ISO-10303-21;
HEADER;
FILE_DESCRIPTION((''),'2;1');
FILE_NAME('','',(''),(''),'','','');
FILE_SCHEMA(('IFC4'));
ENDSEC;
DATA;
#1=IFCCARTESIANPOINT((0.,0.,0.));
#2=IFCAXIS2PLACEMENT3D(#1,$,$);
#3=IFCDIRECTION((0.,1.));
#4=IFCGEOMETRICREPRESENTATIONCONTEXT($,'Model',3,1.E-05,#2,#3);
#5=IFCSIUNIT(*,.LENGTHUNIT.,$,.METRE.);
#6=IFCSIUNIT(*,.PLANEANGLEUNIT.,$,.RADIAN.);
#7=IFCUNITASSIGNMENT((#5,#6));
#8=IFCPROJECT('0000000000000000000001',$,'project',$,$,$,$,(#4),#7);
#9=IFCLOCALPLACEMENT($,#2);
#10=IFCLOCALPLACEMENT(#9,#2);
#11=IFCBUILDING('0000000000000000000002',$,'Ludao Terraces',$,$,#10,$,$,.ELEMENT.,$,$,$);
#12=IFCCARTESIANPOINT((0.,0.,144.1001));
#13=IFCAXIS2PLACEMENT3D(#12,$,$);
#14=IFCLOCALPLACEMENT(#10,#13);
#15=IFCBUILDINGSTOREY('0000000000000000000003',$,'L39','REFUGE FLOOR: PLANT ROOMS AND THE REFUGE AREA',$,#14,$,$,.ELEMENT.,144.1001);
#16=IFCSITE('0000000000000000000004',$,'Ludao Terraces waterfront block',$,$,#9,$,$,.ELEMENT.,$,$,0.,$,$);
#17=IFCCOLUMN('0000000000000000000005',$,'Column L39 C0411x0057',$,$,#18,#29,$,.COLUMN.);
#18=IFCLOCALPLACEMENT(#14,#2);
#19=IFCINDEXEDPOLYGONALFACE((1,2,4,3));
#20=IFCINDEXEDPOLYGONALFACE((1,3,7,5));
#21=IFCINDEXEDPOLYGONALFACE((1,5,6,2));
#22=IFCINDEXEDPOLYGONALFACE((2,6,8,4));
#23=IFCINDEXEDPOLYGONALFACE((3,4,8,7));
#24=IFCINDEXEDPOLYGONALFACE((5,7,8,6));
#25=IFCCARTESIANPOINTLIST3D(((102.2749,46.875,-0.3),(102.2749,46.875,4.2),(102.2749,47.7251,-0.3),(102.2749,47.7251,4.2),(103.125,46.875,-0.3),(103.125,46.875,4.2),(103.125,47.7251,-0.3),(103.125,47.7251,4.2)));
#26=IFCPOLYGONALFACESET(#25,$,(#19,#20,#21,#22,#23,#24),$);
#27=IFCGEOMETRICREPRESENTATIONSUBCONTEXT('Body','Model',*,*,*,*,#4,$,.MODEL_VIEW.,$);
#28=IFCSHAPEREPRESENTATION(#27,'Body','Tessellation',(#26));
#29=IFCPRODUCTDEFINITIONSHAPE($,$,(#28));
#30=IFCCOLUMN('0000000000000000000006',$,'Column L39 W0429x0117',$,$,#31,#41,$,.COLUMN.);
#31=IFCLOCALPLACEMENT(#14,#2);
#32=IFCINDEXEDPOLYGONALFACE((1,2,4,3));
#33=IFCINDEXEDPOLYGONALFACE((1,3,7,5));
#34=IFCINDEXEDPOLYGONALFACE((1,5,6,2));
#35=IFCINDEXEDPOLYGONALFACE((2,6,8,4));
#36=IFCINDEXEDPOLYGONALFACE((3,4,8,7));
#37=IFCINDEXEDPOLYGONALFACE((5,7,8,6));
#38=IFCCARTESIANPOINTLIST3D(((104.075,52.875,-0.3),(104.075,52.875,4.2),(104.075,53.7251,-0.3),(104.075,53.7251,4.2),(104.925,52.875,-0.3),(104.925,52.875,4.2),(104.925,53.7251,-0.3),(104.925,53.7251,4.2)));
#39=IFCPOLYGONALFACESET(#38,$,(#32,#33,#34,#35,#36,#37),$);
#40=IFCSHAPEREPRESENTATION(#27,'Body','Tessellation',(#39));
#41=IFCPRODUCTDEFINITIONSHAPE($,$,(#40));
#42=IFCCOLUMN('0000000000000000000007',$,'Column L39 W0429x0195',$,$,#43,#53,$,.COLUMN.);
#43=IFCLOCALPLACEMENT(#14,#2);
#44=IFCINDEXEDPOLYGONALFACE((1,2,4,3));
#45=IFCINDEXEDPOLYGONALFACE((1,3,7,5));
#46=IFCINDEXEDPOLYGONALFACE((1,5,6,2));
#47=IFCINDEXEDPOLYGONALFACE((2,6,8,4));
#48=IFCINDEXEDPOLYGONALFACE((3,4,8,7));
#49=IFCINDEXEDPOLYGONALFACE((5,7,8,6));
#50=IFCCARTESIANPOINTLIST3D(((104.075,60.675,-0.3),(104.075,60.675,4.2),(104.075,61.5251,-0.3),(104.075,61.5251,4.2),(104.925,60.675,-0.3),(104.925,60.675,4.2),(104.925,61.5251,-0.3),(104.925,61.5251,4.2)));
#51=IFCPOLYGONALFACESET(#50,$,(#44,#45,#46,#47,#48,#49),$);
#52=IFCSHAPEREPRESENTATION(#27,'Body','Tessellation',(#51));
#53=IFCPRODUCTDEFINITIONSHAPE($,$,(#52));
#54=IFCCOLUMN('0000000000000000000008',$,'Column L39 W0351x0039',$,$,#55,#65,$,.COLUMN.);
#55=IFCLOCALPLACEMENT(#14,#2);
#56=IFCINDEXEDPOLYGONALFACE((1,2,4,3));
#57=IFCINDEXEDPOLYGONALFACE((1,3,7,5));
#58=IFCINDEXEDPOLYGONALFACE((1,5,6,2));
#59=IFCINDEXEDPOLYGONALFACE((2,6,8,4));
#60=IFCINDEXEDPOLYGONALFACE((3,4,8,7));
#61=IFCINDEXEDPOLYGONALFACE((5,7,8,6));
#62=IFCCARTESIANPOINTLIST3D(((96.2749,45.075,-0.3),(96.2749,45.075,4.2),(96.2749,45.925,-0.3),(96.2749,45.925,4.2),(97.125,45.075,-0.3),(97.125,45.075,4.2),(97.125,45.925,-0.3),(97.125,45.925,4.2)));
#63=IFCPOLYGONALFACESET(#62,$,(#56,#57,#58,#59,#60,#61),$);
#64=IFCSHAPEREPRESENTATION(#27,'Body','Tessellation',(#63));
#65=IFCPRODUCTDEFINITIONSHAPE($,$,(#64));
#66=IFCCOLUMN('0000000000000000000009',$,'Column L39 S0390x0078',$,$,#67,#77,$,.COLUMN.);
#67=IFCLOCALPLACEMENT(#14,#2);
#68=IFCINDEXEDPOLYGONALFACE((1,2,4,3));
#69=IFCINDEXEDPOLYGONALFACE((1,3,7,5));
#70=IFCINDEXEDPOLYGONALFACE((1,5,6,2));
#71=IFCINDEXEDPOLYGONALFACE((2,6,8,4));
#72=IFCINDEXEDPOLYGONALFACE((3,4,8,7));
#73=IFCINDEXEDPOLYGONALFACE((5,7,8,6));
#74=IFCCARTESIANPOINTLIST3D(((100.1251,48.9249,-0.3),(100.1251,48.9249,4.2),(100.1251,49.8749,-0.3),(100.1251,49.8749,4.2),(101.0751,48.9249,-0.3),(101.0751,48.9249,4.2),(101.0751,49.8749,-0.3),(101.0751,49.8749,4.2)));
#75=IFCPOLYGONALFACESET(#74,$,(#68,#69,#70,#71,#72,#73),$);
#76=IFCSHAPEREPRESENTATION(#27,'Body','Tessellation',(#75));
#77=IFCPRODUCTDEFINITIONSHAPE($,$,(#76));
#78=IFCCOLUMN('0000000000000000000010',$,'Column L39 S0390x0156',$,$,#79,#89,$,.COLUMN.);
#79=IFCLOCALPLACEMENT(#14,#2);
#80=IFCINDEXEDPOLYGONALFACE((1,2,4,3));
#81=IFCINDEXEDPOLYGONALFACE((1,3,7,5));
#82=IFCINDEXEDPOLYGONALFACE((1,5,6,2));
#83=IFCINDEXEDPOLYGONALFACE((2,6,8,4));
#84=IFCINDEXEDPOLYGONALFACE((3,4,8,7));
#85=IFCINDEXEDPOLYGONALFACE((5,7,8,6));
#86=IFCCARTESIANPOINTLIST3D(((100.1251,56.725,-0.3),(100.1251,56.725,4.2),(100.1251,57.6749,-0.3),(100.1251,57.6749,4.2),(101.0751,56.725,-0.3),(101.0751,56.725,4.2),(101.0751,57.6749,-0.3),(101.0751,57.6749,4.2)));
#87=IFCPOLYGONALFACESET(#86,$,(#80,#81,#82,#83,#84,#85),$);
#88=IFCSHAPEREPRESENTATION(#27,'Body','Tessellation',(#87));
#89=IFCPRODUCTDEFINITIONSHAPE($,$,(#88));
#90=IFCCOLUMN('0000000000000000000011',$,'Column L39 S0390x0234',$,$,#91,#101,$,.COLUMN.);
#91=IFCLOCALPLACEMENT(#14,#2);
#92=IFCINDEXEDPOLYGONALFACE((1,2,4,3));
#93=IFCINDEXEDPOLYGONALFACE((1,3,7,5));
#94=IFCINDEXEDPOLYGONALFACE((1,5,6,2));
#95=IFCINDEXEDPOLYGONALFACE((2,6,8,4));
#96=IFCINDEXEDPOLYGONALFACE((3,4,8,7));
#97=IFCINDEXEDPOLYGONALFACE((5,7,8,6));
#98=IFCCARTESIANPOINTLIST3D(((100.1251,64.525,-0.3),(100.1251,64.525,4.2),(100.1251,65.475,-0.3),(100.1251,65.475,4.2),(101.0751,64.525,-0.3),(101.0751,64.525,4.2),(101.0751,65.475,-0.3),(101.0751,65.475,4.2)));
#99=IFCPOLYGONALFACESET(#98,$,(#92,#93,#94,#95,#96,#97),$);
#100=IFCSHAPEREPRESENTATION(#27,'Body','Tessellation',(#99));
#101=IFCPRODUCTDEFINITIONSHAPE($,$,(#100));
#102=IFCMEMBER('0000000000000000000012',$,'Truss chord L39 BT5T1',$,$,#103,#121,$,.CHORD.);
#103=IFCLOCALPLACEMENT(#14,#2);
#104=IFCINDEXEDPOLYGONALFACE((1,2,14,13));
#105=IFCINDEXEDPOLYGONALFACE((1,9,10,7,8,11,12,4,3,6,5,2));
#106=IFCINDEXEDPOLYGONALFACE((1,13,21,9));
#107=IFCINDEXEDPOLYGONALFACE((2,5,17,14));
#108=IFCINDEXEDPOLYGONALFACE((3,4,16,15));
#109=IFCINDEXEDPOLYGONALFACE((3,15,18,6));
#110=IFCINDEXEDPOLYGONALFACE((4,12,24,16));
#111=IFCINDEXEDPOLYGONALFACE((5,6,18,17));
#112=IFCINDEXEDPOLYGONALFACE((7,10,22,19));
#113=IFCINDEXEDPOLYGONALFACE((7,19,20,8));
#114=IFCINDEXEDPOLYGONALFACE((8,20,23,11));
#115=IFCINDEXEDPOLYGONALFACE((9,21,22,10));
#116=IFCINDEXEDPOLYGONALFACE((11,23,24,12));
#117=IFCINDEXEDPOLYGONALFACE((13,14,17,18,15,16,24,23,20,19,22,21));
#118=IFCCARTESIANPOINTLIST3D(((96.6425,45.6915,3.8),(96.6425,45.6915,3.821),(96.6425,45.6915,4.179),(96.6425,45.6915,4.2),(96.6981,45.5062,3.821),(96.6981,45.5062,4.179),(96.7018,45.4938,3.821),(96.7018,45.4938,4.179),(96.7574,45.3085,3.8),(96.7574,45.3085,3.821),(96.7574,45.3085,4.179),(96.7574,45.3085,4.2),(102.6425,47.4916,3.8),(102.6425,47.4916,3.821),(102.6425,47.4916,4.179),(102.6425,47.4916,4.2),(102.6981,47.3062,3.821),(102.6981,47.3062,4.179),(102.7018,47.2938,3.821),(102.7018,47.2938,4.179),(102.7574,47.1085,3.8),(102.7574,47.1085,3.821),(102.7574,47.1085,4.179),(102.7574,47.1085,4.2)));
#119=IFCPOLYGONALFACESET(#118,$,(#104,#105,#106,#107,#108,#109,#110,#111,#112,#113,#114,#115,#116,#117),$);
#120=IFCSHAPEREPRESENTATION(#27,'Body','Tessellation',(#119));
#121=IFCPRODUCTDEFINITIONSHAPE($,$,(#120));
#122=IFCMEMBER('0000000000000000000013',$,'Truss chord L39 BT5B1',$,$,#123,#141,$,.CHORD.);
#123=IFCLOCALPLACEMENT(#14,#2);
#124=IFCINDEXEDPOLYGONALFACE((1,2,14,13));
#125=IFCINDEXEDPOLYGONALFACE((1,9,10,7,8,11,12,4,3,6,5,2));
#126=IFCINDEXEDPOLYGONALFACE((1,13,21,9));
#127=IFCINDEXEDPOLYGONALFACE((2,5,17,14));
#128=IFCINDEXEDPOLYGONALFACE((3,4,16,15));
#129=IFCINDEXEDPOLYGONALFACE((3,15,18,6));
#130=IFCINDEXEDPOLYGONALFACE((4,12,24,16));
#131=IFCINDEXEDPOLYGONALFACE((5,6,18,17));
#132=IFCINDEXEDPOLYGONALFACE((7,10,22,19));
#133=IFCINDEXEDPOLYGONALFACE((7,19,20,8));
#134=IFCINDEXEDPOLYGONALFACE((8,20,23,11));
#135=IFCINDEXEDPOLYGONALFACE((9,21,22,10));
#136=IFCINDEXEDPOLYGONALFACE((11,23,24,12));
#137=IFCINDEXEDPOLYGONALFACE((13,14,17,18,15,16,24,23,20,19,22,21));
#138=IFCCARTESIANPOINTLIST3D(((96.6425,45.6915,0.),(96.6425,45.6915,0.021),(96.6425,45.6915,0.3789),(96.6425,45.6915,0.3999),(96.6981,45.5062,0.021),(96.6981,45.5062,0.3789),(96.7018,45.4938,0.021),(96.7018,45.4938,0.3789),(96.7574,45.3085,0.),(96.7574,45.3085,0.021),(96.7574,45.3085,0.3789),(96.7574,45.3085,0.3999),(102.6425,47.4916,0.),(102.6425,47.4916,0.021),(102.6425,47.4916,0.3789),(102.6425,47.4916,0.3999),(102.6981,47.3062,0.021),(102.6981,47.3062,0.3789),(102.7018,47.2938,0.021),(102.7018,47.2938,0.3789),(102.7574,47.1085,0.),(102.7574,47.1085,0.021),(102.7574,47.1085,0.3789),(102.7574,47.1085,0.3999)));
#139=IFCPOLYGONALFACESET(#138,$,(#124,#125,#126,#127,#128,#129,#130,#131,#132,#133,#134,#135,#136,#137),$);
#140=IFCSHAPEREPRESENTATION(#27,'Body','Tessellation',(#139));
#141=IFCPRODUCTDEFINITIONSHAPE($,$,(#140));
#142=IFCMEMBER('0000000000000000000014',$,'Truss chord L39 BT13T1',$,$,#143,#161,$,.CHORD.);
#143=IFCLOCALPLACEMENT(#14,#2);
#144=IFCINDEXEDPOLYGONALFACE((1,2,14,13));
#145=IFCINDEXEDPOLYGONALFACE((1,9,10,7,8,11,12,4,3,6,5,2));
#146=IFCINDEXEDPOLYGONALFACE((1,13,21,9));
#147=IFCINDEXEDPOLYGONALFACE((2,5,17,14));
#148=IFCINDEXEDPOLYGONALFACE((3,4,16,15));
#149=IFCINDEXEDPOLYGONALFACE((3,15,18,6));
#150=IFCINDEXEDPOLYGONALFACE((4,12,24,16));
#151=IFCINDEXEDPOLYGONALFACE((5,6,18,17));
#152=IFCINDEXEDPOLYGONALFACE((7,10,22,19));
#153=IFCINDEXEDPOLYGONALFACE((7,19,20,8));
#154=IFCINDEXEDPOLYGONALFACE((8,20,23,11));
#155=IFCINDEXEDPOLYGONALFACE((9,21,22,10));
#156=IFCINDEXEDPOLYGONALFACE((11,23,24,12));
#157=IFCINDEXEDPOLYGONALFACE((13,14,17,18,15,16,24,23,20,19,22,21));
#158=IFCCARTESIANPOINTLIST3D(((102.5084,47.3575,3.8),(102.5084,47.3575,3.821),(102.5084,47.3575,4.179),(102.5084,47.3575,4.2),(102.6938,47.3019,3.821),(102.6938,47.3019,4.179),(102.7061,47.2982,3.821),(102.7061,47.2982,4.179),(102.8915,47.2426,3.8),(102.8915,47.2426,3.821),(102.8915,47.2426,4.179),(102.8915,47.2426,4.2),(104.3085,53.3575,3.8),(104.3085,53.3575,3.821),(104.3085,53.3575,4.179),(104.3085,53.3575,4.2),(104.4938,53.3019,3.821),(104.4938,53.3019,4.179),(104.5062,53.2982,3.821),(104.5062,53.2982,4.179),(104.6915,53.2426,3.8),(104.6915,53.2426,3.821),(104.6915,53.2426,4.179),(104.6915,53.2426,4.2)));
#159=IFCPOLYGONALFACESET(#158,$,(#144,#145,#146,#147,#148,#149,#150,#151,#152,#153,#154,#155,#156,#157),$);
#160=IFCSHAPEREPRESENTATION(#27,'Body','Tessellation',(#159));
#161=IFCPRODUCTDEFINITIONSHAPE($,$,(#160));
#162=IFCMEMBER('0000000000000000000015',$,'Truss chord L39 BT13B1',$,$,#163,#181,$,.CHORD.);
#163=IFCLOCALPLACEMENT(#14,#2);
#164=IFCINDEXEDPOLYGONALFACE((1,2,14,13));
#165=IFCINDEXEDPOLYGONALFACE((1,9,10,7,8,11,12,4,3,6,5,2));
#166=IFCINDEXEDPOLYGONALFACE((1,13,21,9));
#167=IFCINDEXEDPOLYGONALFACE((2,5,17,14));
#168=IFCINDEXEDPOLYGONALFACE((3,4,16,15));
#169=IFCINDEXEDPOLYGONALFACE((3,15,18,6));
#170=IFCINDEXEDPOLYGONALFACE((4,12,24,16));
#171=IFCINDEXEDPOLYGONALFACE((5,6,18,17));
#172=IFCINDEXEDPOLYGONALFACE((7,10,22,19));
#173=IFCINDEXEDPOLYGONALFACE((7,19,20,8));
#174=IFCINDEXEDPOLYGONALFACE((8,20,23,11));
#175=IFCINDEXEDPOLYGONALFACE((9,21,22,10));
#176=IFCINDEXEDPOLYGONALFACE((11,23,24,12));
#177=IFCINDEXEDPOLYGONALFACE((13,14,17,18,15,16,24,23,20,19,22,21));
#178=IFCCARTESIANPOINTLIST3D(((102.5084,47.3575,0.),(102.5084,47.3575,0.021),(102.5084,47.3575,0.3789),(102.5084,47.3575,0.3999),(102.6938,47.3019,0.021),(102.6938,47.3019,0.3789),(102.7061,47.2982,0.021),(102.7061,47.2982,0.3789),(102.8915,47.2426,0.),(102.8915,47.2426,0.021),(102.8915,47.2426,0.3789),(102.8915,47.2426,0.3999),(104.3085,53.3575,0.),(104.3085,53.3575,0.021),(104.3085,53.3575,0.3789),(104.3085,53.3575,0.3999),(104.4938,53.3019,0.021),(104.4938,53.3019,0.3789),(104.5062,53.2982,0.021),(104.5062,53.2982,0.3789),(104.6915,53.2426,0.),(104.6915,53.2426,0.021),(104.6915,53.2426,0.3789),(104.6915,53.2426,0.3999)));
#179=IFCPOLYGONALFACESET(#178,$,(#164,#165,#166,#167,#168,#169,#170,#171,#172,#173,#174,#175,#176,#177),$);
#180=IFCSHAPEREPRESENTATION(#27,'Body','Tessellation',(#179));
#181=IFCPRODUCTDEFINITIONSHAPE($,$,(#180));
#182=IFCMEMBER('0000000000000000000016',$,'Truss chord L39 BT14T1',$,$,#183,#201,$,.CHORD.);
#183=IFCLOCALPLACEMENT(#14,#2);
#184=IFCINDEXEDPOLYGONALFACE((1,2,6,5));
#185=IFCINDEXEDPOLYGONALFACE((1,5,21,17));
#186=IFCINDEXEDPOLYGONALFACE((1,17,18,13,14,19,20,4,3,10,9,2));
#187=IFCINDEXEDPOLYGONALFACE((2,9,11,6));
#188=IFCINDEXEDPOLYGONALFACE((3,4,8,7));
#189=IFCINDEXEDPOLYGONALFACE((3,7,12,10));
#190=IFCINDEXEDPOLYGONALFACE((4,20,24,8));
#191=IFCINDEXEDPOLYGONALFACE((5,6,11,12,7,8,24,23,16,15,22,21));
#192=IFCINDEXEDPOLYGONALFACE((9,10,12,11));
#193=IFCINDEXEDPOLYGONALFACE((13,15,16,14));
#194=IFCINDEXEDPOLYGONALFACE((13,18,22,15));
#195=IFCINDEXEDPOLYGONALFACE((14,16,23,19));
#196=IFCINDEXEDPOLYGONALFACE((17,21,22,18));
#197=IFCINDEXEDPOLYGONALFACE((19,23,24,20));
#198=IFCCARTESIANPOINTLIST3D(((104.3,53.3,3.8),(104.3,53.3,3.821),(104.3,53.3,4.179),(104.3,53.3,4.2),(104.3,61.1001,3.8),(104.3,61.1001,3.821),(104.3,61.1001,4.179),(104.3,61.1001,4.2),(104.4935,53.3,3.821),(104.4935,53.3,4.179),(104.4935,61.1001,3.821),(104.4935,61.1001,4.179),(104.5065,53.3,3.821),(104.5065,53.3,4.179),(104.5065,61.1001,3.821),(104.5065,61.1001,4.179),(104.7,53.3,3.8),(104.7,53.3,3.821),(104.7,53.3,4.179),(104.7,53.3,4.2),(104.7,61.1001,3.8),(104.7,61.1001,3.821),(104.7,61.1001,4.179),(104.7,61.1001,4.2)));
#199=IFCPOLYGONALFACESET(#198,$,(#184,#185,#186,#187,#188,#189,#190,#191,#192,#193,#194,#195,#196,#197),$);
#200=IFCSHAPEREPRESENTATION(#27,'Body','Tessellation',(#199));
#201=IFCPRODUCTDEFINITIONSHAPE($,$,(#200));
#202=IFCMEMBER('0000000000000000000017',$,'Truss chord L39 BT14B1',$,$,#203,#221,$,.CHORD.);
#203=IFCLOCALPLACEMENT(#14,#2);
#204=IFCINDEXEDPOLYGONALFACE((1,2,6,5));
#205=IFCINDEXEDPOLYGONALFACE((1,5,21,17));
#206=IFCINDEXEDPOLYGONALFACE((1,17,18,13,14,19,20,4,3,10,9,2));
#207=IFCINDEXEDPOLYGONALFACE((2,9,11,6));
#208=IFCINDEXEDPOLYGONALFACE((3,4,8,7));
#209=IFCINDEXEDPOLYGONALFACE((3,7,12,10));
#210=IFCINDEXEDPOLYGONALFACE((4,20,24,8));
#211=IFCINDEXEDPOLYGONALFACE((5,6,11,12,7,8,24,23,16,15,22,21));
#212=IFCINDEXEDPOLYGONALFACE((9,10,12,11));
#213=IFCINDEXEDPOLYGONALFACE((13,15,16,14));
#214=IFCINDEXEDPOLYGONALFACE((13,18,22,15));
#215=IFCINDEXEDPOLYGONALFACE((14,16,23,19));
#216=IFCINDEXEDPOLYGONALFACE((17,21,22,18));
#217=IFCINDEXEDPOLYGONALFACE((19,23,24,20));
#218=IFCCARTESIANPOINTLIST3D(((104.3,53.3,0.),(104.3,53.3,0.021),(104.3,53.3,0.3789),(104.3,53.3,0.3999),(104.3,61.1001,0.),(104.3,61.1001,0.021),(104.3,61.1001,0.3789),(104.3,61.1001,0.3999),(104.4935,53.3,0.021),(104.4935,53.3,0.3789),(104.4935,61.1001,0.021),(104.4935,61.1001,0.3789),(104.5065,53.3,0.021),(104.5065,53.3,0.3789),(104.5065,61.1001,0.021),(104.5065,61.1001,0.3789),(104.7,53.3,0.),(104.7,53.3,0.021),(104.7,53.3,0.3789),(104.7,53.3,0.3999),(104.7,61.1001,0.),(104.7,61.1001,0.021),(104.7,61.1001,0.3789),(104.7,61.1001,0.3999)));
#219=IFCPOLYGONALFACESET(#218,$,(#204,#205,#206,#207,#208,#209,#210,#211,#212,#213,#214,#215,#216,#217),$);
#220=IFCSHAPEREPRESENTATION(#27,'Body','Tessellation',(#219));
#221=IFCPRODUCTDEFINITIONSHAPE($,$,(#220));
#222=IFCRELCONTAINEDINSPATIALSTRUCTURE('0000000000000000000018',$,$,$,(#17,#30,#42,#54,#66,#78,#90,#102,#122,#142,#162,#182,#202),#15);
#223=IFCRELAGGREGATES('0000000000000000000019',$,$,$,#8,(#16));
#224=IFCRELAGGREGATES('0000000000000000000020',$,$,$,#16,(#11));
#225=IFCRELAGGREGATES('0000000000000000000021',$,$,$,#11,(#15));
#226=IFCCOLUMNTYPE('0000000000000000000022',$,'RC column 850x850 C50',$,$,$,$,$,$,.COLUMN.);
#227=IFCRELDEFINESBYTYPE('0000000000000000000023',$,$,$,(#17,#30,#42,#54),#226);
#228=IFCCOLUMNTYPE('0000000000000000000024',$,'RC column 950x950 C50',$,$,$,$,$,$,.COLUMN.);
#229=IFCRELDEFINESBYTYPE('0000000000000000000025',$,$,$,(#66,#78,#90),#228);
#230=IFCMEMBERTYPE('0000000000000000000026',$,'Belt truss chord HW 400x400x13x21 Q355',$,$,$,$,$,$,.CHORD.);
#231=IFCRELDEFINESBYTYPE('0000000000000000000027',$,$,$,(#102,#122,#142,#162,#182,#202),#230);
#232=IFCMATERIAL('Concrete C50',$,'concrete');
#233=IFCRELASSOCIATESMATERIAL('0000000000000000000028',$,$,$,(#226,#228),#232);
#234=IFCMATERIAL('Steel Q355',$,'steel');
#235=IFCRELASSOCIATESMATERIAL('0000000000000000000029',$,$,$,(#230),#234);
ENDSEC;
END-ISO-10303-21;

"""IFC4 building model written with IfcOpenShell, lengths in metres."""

from ifc_helpers import new_model, si_unit, direction, frame, origin, origin_2d, place, context, subcontext, project, spatial, rectangle, i_section, extrude, material, material_profile, profile_set, type_object, element, save


model = new_model("IFC4")

# Units and contexts
model_context = context("Model", 3, precision=1e-05, world=origin(), true_north=direction((0.0, 1.0)))
body_context = subcontext(model_context, "Body", "Model", "MODEL_VIEW")
ifc_project = project(units=[si_unit("LENGTHUNIT", "METRE"), si_unit("PLANEANGLEUNIT", "RADIAN")], contexts=[model_context])

# Site, building, storey
site_placement = place(None, origin())
site = spatial("IfcSite", under=ifc_project, at=site_placement, Name="Ludao Terraces waterfront block", CompositionType="ELEMENT", RefElevation=0.0)
building_placement = place(site_placement, origin())
building = spatial("IfcBuilding", under=site, at=building_placement, Name="Ludao Terraces", CompositionType="ELEMENT")
storey_placement = place(building_placement, frame((0.0, 0.0, 144.1001)))
storey = spatial("IfcBuildingStorey", under=building, at=storey_placement, Name="L39", Description="REFUGE FLOOR: PLANT ROOMS AND THE REFUGE AREA", CompositionType="ELEMENT", Elevation=144.1001)

# Columns
ifc_material_1 = material(Name="Concrete C50", Category="concrete")
ifc_material_profile_1 = material_profile(ifc_material_1, rectangle(XDim=0.8501, YDim=0.8501, at=origin_2d()), Name="850 X 850")
ifc_profile_set_1 = profile_set([ifc_material_profile_1], Name="Concrete C50")
column_type_1 = type_object("IfcColumnType", Name="RC column 850x850 C50", PredefinedType="COLUMN", material=ifc_profile_set_1)
for number, where, z_axis, x_axis, name in (
    (1, (102.7, 47.3, -0.3), (0.0, 0.0, 1.0), (1.0, 0.0, 0.0), "Column L39 C0411x0057"),
    (2, (104.5, 53.3, -0.3), (0.0, 0.0, 1.0), (1.0, 0.0, 0.0), "Column L39 W0429x0117"),
    (3, (104.5, 61.1001, -0.3), (0.0, 0.0, 1.0), (1.0, 0.0, 0.0), "Column L39 W0429x0195"),
    (4, (96.7, 45.5, -0.3), (0.0, 0.0, 1.0), (1.0, 0.0, 0.0), "Column L39 W0351x0039"),
):
    element("IfcColumn", number, at=place(storey_placement, frame(where, z_axis=z_axis, x_axis=x_axis)), inside=storey, type_object=column_type_1, Name=name, PredefinedType="COLUMN", context=body_context, shape_type="SweptSolid", body=[
        extrude(rectangle(XDim=0.8501, YDim=0.8501, at=origin_2d()), origin(), (0.0, 0.0, 1.0), 4.5),
    ])
ifc_material_profile_2 = material_profile(ifc_material_1, rectangle(XDim=0.95, YDim=0.95, at=origin_2d()), Name="950 X 950")
ifc_profile_set_2 = profile_set([ifc_material_profile_2], Name="Concrete C50")
column_type_2 = type_object("IfcColumnType", Name="RC column 950x950 C50", PredefinedType="COLUMN", material=ifc_profile_set_2)
for number, where, z_axis, x_axis, name in (
    (5, (100.6001, 49.3999, -0.3), (0.0, 0.0, 1.0), (1.0, 0.0, 0.0), "Column L39 S0390x0078"),
    (6, (100.6001, 57.2, -0.3), (0.0, 0.0, 1.0), (1.0, 0.0, 0.0), "Column L39 S0390x0156"),
    (7, (100.6001, 65.0, -0.3), (0.0, 0.0, 1.0), (1.0, 0.0, 0.0), "Column L39 S0390x0234"),
):
    element("IfcColumn", number, at=place(storey_placement, frame(where, z_axis=z_axis, x_axis=x_axis)), inside=storey, type_object=column_type_2, Name=name, PredefinedType="COLUMN", context=body_context, shape_type="SweptSolid", body=[
        extrude(rectangle(XDim=0.95, YDim=0.95, at=origin_2d()), origin(), (0.0, 0.0, 1.0), 4.5),
    ])

# Members
ifc_material_2 = material(Name="Steel Q355", Category="steel")
ifc_material_profile_3 = material_profile(ifc_material_2, i_section(OverallWidth=0.3999, OverallDepth=0.3999, WebThickness=0.0129, FlangeThickness=0.021, at=origin_2d()), Name="HW 400X400X13X21")
ifc_profile_set_3 = profile_set([ifc_material_profile_3], Name="Steel Q355")
member_type_1 = type_object("IfcMemberType", Name="Belt truss chord HW 400x400x13x21 Q355", PredefinedType="CHORD", material=ifc_profile_set_3)
for number, where, z_axis, x_axis, name in (
    (8, (96.7, 45.5, 4.0), (0.957824, 0.287355, 0.0), (-0.287355, 0.957824, 0.0), "Truss chord L39 BT5T1"),
    (9, (96.7, 45.5, 0.2), (0.957824, 0.287355, 0.0), (-0.287355, 0.957824, 0.0), "Truss chord L39 BT5B1"),
    (10, (102.7, 47.3, 4.0), (0.287355, 0.957824, 0.0), (-0.957824, 0.287355, 0.0), "Truss chord L39 BT13T1"),
    (11, (102.7, 47.3, 0.2), (0.287355, 0.957824, 0.0), (-0.957824, 0.287355, 0.0), "Truss chord L39 BT13B1"),
):
    element("IfcMember", number, at=place(storey_placement, frame(where, z_axis=z_axis, x_axis=x_axis)), inside=storey, type_object=member_type_1, Name=name, PredefinedType="CHORD", context=body_context, shape_type="SweptSolid", body=[
        extrude(i_section(OverallWidth=0.3999, OverallDepth=0.3999, WebThickness=0.0129, FlangeThickness=0.021, at=origin_2d()), origin(), (0.0, 0.0, 1.0), 6.2642),
    ])
for number, where, z_axis, x_axis, name in (
    (12, (104.5, 53.3, 4.0), (0.0, 1.0, 0.0), (-1.0, 0.0, 0.0), "Truss chord L39 BT14T1"),
    (13, (104.5, 53.3, 0.2), (0.0, 1.0, 0.0), (-1.0, 0.0, 0.0), "Truss chord L39 BT14B1"),
):
    element("IfcMember", number, at=place(storey_placement, frame(where, z_axis=z_axis, x_axis=x_axis)), inside=storey, type_object=member_type_1, Name=name, PredefinedType="CHORD", context=body_context, shape_type="SweptSolid", body=[
        extrude(i_section(OverallWidth=0.3999, OverallDepth=0.3999, WebThickness=0.0129, FlangeThickness=0.021, at=origin_2d()), origin(), (0.0, 0.0, 1.0), 7.8),
    ])

save(model, "model.ifc")
